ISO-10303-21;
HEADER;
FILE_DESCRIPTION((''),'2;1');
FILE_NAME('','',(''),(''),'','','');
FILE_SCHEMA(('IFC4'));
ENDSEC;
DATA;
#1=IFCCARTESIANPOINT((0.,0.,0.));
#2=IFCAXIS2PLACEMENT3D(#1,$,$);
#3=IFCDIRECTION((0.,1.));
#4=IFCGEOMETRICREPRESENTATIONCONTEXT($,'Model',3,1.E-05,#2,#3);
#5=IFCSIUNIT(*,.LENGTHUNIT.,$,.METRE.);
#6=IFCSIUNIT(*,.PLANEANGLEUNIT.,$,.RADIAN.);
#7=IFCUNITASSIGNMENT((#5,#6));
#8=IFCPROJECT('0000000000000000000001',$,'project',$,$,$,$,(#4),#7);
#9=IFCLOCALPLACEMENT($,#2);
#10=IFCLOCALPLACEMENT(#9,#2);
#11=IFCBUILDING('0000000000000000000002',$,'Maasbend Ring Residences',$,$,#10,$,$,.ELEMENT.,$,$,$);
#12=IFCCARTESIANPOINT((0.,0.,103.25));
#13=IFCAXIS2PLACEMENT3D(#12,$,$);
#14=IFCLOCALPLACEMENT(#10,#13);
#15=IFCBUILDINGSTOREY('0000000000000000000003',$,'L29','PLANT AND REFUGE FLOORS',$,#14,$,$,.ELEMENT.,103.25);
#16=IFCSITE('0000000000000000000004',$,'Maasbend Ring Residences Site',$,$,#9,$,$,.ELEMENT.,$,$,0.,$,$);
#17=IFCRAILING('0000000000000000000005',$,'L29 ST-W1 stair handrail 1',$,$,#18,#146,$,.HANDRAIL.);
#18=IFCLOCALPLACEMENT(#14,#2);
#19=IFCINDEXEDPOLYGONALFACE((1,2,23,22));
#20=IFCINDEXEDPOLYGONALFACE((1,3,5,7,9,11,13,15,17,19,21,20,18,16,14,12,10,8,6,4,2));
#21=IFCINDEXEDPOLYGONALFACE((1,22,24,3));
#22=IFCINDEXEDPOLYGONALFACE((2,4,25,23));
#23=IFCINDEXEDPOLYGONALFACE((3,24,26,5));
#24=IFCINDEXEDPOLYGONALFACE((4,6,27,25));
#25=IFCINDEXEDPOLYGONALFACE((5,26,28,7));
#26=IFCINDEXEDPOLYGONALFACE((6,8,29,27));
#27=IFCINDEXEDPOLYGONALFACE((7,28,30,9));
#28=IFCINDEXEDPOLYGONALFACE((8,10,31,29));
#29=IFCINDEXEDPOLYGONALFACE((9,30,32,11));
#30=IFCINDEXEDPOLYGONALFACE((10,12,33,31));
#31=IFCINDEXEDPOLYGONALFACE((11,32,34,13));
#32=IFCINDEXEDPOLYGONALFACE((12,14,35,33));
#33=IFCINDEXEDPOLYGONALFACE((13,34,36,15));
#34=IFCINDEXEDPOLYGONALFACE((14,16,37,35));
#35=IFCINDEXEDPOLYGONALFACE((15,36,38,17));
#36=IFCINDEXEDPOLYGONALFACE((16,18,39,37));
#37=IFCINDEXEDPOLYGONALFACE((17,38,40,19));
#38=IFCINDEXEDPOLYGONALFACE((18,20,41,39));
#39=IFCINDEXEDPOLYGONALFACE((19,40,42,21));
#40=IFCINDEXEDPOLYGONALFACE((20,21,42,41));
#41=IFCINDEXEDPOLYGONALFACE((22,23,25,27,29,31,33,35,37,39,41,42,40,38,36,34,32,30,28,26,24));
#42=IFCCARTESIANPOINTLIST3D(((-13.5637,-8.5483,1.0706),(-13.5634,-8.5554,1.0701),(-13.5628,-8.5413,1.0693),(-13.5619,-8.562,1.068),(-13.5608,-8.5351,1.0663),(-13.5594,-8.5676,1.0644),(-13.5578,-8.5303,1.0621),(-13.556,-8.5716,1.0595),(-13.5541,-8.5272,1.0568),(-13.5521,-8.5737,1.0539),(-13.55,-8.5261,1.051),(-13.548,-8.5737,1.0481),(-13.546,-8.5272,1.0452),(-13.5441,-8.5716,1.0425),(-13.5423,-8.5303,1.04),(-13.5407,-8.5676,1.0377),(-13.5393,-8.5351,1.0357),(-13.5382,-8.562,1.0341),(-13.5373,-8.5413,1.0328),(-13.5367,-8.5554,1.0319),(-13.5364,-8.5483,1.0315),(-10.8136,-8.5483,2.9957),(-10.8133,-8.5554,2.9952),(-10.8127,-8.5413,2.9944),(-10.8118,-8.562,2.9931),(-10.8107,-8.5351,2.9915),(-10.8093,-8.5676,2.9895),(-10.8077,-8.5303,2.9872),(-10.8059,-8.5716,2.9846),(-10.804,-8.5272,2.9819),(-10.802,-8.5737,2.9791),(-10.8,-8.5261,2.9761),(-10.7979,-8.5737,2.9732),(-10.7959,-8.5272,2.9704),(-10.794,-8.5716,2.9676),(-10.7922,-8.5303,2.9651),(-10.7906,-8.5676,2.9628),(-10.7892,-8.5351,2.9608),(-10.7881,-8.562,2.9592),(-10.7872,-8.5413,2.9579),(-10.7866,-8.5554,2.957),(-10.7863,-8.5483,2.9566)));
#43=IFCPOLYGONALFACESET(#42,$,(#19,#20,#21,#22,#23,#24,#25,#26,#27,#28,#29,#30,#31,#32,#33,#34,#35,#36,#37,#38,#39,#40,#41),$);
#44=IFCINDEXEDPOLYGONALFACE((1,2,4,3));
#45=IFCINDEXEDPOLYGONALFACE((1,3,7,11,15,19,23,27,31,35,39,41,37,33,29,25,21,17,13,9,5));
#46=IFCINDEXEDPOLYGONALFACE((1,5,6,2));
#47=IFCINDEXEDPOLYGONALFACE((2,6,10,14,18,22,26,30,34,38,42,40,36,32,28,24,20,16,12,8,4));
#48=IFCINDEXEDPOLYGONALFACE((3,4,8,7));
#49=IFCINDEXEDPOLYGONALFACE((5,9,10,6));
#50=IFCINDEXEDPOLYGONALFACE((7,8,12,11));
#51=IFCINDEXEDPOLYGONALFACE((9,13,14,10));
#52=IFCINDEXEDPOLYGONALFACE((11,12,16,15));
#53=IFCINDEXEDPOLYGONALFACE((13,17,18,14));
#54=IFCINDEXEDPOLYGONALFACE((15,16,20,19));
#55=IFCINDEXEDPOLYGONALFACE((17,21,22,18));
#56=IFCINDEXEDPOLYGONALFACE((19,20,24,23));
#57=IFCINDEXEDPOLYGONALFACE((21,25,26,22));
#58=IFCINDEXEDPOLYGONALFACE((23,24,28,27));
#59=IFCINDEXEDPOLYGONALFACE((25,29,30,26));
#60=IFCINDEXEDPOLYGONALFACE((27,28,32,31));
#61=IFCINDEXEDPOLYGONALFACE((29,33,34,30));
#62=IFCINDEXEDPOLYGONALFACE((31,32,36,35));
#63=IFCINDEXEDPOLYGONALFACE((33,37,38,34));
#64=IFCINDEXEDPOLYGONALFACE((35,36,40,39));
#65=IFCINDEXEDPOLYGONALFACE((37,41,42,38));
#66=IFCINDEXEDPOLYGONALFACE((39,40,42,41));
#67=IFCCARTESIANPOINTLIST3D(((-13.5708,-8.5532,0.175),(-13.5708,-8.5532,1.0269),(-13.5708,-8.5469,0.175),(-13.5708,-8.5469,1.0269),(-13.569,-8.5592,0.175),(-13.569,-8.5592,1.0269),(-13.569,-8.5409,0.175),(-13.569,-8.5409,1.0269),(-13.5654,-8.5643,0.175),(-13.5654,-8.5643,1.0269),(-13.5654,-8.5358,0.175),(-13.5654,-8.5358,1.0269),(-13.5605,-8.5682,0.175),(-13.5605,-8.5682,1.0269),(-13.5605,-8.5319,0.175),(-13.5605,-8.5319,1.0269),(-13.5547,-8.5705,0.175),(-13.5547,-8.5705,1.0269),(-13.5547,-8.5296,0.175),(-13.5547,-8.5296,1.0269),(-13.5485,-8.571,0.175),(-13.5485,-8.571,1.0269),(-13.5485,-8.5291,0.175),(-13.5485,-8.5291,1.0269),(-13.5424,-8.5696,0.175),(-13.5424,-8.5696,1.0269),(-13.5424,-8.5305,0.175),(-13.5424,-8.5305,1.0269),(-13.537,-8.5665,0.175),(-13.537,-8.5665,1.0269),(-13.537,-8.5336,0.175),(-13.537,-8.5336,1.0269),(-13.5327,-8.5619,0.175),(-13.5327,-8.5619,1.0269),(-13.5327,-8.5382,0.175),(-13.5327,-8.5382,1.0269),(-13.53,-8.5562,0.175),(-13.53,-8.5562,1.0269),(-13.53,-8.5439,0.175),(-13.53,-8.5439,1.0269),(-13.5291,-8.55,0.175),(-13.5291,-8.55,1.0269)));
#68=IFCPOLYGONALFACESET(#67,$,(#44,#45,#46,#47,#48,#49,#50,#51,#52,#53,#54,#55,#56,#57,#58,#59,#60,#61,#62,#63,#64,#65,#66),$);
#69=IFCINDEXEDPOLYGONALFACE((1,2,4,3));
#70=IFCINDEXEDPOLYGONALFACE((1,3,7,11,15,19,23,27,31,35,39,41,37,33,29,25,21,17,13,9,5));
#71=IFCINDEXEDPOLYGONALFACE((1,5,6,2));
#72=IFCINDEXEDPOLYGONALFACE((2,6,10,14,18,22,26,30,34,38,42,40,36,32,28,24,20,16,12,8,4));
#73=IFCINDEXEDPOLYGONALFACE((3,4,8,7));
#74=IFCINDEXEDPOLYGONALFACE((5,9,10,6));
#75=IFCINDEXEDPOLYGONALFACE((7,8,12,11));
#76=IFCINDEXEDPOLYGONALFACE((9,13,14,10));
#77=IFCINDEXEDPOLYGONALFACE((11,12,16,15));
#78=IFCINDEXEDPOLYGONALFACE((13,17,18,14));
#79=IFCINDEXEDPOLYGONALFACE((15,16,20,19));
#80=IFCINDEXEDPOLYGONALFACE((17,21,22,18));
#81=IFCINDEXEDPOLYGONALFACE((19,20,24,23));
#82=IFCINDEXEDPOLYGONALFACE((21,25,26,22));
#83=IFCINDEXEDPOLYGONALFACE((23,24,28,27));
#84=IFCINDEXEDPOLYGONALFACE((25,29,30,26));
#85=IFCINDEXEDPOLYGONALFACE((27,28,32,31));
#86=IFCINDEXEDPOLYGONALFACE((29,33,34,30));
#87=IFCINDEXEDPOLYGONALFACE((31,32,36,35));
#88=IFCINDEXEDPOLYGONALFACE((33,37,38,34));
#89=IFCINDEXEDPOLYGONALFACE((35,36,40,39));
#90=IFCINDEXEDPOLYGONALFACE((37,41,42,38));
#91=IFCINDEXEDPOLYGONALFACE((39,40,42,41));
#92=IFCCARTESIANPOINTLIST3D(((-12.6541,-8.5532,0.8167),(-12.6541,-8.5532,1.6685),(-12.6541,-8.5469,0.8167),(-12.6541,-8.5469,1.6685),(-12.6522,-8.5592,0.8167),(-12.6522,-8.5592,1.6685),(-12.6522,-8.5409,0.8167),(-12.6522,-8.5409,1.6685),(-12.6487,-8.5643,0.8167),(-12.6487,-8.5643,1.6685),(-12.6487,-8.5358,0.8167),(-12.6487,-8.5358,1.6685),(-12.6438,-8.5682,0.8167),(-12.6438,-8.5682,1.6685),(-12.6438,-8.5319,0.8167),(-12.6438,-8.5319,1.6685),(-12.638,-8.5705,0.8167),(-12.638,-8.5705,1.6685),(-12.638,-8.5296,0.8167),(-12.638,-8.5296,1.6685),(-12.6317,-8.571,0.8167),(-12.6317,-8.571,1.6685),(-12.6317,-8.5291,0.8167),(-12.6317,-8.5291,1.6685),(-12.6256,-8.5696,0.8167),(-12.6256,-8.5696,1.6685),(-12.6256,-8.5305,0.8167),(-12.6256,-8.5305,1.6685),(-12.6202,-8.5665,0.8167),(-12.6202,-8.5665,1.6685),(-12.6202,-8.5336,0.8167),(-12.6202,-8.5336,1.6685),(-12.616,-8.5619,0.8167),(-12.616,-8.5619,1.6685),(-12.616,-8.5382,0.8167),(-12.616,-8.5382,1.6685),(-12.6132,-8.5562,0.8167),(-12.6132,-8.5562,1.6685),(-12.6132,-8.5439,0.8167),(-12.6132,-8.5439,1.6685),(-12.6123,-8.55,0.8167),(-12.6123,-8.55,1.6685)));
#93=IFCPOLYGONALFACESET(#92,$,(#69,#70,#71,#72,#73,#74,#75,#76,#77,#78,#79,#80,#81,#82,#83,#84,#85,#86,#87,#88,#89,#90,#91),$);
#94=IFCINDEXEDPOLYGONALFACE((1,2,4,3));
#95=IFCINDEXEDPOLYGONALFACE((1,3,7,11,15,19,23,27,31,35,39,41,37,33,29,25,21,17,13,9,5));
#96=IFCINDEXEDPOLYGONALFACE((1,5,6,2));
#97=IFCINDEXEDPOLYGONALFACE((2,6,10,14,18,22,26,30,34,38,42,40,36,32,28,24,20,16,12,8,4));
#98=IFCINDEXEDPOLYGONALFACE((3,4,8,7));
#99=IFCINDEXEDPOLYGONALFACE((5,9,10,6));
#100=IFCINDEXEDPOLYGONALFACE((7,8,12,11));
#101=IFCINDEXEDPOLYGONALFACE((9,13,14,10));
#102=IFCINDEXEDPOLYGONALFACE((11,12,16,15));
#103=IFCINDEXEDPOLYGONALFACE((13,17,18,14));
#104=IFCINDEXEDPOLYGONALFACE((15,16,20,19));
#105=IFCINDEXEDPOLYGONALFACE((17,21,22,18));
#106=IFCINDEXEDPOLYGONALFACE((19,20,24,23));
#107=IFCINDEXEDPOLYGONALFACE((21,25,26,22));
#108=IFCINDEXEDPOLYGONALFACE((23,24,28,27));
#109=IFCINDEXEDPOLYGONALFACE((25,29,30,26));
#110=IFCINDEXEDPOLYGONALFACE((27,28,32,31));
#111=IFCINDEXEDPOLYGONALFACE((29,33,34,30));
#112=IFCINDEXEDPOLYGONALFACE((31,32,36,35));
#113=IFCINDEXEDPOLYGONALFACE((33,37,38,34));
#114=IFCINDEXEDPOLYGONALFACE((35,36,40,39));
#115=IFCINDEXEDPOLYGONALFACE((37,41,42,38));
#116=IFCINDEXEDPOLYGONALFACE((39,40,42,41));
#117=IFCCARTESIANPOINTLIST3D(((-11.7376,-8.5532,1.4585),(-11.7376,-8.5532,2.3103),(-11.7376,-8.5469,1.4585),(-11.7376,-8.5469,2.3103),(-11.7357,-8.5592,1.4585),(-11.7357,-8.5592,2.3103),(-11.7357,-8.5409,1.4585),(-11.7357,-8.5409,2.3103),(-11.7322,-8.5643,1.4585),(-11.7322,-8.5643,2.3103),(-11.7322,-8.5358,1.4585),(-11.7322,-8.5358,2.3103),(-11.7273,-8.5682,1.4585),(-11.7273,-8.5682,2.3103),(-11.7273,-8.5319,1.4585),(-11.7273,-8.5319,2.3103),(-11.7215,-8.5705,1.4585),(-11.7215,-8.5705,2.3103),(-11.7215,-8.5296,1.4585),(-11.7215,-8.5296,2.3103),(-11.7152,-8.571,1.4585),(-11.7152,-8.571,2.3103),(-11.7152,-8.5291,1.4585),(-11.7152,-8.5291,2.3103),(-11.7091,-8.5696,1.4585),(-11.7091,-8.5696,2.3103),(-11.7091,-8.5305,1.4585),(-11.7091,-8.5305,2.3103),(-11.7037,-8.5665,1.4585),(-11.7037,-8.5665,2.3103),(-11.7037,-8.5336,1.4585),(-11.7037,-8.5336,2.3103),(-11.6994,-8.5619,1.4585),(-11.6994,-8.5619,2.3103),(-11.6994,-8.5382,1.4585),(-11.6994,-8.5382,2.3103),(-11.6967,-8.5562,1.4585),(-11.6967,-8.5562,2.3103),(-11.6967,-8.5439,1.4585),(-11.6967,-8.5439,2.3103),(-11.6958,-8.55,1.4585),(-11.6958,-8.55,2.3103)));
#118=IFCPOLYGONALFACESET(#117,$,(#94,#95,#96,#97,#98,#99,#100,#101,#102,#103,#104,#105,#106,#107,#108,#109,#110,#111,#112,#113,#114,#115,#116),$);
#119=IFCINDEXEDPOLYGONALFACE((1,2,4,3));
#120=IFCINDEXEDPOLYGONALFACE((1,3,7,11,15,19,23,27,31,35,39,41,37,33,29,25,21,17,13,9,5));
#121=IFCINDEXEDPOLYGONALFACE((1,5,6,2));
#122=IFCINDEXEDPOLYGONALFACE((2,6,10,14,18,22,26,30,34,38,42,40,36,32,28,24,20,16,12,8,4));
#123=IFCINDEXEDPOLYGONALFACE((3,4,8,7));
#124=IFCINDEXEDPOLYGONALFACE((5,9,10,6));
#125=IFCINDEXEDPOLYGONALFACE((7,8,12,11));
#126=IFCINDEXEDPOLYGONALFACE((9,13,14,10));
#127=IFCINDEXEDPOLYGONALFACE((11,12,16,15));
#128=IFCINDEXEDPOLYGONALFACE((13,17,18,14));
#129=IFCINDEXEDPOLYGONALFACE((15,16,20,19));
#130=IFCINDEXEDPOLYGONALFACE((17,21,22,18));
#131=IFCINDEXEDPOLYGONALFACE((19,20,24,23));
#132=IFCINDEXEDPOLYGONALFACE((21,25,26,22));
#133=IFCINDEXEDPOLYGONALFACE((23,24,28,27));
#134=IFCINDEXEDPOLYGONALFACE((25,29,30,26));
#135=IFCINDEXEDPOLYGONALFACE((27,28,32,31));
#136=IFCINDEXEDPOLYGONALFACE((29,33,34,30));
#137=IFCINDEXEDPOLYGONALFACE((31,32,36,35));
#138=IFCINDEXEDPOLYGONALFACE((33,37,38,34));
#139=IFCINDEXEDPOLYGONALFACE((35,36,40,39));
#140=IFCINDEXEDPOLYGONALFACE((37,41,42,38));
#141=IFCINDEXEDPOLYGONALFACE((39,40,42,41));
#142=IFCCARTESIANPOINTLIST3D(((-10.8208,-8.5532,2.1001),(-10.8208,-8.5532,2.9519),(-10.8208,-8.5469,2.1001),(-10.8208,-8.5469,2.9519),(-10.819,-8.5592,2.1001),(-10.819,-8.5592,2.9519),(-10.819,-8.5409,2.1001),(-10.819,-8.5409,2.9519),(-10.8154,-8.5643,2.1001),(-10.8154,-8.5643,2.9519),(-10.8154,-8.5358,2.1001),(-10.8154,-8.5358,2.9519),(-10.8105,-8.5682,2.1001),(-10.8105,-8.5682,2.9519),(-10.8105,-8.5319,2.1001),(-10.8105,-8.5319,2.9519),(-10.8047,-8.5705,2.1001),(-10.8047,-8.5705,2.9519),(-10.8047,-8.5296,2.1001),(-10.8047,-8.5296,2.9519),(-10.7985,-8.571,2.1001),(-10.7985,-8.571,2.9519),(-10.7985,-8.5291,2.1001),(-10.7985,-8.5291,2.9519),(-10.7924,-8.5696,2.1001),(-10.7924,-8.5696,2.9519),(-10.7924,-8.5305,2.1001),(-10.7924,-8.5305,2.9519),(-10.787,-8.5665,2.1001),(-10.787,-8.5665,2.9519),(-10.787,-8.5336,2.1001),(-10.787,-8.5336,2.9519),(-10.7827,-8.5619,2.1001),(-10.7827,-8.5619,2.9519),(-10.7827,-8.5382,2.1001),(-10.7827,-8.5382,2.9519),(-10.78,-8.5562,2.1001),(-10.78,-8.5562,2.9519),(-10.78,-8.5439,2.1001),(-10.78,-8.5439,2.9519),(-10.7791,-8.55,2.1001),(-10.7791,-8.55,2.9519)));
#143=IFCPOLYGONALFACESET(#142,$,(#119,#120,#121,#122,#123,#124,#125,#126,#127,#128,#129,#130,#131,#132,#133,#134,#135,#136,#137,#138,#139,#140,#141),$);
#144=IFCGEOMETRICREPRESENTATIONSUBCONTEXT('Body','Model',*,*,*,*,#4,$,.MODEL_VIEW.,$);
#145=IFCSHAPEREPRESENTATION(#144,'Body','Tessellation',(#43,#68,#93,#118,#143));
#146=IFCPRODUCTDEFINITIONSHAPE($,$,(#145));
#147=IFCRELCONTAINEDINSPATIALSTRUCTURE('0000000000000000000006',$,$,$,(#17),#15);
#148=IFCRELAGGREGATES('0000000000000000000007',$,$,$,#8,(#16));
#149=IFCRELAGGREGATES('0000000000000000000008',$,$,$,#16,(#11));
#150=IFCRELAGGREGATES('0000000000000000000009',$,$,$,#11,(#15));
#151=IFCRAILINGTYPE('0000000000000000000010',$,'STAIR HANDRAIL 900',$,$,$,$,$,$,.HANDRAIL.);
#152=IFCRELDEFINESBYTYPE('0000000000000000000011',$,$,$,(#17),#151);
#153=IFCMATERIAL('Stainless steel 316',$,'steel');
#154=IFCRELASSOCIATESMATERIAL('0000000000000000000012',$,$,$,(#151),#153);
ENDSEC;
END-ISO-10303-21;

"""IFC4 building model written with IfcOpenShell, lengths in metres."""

from ifc_helpers import new_model, si_unit, direction, frame, origin, origin_2d, place, context, subcontext, project, spatial, circle, extrude, material, type_object, element, save


model = new_model("IFC4")

# Units and contexts
model_context = context("Model", 3, precision=1e-05, world=origin(), true_north=direction((0.0, 1.0)))
body_context = subcontext(model_context, "Body", "Model", "MODEL_VIEW")
ifc_project = project(units=[si_unit("LENGTHUNIT", "METRE"), si_unit("PLANEANGLEUNIT", "RADIAN")], contexts=[model_context])

# Site, building, storey
site_placement = place(None, origin())
site = spatial("IfcSite", under=ifc_project, at=site_placement, Name="Maasbend Ring Residences Site", CompositionType="ELEMENT", RefElevation=0.0)
building_placement = place(site_placement, origin())
building = spatial("IfcBuilding", under=site, at=building_placement, Name="Maasbend Ring Residences", CompositionType="ELEMENT")
storey_placement = place(building_placement, frame((0.0, 0.0, 103.25)))
storey = spatial("IfcBuildingStorey", under=building, at=storey_placement, Name="L29", Description="PLANT AND REFUGE FLOORS", CompositionType="ELEMENT", Elevation=103.25)

# Railing
ifc_material_1 = material(Name="Stainless steel 316", Category="steel")
railing_type_1 = type_object("IfcRailingType", Name="STAIR HANDRAIL 900", PredefinedType="HANDRAIL", material=ifc_material_1)
railing_1_placement = place(storey_placement, frame((-13.55, -8.55, 0.175)))
element("IfcRailing", 1, at=railing_1_placement, inside=storey, type_object=railing_type_1, Name="L29 ST-W1 stair handrail 1", PredefinedType="HANDRAIL", context=body_context, shape_type="SweptSolid", body=[
    extrude(circle(Radius=0.0239, at=origin_2d()), frame((0.0, 0.0, 0.876), z_axis=(0.819225, 0.0, 0.573472), x_axis=(0.0, 1.0, 0.0)), (0.0, 0.0, 1.0), 3.3569),
    extrude(circle(Radius=0.021, at=origin_2d()), origin(), (0.0, 0.0, 1.0), 0.8518),
    extrude(circle(Radius=0.021, at=origin_2d()), frame((0.9167, 0.0, 0.6416)), (0.0, 0.0, 1.0), 0.8518),
    extrude(circle(Radius=0.021, at=origin_2d()), frame((1.8333, 0.0, 1.2834)), (0.0, 0.0, 1.0), 0.8518),
    extrude(circle(Radius=0.021, at=origin_2d()), frame((2.75, 0.0, 1.925)), (0.0, 0.0, 1.0), 0.8518),
])

save(model, "model.ifc")
